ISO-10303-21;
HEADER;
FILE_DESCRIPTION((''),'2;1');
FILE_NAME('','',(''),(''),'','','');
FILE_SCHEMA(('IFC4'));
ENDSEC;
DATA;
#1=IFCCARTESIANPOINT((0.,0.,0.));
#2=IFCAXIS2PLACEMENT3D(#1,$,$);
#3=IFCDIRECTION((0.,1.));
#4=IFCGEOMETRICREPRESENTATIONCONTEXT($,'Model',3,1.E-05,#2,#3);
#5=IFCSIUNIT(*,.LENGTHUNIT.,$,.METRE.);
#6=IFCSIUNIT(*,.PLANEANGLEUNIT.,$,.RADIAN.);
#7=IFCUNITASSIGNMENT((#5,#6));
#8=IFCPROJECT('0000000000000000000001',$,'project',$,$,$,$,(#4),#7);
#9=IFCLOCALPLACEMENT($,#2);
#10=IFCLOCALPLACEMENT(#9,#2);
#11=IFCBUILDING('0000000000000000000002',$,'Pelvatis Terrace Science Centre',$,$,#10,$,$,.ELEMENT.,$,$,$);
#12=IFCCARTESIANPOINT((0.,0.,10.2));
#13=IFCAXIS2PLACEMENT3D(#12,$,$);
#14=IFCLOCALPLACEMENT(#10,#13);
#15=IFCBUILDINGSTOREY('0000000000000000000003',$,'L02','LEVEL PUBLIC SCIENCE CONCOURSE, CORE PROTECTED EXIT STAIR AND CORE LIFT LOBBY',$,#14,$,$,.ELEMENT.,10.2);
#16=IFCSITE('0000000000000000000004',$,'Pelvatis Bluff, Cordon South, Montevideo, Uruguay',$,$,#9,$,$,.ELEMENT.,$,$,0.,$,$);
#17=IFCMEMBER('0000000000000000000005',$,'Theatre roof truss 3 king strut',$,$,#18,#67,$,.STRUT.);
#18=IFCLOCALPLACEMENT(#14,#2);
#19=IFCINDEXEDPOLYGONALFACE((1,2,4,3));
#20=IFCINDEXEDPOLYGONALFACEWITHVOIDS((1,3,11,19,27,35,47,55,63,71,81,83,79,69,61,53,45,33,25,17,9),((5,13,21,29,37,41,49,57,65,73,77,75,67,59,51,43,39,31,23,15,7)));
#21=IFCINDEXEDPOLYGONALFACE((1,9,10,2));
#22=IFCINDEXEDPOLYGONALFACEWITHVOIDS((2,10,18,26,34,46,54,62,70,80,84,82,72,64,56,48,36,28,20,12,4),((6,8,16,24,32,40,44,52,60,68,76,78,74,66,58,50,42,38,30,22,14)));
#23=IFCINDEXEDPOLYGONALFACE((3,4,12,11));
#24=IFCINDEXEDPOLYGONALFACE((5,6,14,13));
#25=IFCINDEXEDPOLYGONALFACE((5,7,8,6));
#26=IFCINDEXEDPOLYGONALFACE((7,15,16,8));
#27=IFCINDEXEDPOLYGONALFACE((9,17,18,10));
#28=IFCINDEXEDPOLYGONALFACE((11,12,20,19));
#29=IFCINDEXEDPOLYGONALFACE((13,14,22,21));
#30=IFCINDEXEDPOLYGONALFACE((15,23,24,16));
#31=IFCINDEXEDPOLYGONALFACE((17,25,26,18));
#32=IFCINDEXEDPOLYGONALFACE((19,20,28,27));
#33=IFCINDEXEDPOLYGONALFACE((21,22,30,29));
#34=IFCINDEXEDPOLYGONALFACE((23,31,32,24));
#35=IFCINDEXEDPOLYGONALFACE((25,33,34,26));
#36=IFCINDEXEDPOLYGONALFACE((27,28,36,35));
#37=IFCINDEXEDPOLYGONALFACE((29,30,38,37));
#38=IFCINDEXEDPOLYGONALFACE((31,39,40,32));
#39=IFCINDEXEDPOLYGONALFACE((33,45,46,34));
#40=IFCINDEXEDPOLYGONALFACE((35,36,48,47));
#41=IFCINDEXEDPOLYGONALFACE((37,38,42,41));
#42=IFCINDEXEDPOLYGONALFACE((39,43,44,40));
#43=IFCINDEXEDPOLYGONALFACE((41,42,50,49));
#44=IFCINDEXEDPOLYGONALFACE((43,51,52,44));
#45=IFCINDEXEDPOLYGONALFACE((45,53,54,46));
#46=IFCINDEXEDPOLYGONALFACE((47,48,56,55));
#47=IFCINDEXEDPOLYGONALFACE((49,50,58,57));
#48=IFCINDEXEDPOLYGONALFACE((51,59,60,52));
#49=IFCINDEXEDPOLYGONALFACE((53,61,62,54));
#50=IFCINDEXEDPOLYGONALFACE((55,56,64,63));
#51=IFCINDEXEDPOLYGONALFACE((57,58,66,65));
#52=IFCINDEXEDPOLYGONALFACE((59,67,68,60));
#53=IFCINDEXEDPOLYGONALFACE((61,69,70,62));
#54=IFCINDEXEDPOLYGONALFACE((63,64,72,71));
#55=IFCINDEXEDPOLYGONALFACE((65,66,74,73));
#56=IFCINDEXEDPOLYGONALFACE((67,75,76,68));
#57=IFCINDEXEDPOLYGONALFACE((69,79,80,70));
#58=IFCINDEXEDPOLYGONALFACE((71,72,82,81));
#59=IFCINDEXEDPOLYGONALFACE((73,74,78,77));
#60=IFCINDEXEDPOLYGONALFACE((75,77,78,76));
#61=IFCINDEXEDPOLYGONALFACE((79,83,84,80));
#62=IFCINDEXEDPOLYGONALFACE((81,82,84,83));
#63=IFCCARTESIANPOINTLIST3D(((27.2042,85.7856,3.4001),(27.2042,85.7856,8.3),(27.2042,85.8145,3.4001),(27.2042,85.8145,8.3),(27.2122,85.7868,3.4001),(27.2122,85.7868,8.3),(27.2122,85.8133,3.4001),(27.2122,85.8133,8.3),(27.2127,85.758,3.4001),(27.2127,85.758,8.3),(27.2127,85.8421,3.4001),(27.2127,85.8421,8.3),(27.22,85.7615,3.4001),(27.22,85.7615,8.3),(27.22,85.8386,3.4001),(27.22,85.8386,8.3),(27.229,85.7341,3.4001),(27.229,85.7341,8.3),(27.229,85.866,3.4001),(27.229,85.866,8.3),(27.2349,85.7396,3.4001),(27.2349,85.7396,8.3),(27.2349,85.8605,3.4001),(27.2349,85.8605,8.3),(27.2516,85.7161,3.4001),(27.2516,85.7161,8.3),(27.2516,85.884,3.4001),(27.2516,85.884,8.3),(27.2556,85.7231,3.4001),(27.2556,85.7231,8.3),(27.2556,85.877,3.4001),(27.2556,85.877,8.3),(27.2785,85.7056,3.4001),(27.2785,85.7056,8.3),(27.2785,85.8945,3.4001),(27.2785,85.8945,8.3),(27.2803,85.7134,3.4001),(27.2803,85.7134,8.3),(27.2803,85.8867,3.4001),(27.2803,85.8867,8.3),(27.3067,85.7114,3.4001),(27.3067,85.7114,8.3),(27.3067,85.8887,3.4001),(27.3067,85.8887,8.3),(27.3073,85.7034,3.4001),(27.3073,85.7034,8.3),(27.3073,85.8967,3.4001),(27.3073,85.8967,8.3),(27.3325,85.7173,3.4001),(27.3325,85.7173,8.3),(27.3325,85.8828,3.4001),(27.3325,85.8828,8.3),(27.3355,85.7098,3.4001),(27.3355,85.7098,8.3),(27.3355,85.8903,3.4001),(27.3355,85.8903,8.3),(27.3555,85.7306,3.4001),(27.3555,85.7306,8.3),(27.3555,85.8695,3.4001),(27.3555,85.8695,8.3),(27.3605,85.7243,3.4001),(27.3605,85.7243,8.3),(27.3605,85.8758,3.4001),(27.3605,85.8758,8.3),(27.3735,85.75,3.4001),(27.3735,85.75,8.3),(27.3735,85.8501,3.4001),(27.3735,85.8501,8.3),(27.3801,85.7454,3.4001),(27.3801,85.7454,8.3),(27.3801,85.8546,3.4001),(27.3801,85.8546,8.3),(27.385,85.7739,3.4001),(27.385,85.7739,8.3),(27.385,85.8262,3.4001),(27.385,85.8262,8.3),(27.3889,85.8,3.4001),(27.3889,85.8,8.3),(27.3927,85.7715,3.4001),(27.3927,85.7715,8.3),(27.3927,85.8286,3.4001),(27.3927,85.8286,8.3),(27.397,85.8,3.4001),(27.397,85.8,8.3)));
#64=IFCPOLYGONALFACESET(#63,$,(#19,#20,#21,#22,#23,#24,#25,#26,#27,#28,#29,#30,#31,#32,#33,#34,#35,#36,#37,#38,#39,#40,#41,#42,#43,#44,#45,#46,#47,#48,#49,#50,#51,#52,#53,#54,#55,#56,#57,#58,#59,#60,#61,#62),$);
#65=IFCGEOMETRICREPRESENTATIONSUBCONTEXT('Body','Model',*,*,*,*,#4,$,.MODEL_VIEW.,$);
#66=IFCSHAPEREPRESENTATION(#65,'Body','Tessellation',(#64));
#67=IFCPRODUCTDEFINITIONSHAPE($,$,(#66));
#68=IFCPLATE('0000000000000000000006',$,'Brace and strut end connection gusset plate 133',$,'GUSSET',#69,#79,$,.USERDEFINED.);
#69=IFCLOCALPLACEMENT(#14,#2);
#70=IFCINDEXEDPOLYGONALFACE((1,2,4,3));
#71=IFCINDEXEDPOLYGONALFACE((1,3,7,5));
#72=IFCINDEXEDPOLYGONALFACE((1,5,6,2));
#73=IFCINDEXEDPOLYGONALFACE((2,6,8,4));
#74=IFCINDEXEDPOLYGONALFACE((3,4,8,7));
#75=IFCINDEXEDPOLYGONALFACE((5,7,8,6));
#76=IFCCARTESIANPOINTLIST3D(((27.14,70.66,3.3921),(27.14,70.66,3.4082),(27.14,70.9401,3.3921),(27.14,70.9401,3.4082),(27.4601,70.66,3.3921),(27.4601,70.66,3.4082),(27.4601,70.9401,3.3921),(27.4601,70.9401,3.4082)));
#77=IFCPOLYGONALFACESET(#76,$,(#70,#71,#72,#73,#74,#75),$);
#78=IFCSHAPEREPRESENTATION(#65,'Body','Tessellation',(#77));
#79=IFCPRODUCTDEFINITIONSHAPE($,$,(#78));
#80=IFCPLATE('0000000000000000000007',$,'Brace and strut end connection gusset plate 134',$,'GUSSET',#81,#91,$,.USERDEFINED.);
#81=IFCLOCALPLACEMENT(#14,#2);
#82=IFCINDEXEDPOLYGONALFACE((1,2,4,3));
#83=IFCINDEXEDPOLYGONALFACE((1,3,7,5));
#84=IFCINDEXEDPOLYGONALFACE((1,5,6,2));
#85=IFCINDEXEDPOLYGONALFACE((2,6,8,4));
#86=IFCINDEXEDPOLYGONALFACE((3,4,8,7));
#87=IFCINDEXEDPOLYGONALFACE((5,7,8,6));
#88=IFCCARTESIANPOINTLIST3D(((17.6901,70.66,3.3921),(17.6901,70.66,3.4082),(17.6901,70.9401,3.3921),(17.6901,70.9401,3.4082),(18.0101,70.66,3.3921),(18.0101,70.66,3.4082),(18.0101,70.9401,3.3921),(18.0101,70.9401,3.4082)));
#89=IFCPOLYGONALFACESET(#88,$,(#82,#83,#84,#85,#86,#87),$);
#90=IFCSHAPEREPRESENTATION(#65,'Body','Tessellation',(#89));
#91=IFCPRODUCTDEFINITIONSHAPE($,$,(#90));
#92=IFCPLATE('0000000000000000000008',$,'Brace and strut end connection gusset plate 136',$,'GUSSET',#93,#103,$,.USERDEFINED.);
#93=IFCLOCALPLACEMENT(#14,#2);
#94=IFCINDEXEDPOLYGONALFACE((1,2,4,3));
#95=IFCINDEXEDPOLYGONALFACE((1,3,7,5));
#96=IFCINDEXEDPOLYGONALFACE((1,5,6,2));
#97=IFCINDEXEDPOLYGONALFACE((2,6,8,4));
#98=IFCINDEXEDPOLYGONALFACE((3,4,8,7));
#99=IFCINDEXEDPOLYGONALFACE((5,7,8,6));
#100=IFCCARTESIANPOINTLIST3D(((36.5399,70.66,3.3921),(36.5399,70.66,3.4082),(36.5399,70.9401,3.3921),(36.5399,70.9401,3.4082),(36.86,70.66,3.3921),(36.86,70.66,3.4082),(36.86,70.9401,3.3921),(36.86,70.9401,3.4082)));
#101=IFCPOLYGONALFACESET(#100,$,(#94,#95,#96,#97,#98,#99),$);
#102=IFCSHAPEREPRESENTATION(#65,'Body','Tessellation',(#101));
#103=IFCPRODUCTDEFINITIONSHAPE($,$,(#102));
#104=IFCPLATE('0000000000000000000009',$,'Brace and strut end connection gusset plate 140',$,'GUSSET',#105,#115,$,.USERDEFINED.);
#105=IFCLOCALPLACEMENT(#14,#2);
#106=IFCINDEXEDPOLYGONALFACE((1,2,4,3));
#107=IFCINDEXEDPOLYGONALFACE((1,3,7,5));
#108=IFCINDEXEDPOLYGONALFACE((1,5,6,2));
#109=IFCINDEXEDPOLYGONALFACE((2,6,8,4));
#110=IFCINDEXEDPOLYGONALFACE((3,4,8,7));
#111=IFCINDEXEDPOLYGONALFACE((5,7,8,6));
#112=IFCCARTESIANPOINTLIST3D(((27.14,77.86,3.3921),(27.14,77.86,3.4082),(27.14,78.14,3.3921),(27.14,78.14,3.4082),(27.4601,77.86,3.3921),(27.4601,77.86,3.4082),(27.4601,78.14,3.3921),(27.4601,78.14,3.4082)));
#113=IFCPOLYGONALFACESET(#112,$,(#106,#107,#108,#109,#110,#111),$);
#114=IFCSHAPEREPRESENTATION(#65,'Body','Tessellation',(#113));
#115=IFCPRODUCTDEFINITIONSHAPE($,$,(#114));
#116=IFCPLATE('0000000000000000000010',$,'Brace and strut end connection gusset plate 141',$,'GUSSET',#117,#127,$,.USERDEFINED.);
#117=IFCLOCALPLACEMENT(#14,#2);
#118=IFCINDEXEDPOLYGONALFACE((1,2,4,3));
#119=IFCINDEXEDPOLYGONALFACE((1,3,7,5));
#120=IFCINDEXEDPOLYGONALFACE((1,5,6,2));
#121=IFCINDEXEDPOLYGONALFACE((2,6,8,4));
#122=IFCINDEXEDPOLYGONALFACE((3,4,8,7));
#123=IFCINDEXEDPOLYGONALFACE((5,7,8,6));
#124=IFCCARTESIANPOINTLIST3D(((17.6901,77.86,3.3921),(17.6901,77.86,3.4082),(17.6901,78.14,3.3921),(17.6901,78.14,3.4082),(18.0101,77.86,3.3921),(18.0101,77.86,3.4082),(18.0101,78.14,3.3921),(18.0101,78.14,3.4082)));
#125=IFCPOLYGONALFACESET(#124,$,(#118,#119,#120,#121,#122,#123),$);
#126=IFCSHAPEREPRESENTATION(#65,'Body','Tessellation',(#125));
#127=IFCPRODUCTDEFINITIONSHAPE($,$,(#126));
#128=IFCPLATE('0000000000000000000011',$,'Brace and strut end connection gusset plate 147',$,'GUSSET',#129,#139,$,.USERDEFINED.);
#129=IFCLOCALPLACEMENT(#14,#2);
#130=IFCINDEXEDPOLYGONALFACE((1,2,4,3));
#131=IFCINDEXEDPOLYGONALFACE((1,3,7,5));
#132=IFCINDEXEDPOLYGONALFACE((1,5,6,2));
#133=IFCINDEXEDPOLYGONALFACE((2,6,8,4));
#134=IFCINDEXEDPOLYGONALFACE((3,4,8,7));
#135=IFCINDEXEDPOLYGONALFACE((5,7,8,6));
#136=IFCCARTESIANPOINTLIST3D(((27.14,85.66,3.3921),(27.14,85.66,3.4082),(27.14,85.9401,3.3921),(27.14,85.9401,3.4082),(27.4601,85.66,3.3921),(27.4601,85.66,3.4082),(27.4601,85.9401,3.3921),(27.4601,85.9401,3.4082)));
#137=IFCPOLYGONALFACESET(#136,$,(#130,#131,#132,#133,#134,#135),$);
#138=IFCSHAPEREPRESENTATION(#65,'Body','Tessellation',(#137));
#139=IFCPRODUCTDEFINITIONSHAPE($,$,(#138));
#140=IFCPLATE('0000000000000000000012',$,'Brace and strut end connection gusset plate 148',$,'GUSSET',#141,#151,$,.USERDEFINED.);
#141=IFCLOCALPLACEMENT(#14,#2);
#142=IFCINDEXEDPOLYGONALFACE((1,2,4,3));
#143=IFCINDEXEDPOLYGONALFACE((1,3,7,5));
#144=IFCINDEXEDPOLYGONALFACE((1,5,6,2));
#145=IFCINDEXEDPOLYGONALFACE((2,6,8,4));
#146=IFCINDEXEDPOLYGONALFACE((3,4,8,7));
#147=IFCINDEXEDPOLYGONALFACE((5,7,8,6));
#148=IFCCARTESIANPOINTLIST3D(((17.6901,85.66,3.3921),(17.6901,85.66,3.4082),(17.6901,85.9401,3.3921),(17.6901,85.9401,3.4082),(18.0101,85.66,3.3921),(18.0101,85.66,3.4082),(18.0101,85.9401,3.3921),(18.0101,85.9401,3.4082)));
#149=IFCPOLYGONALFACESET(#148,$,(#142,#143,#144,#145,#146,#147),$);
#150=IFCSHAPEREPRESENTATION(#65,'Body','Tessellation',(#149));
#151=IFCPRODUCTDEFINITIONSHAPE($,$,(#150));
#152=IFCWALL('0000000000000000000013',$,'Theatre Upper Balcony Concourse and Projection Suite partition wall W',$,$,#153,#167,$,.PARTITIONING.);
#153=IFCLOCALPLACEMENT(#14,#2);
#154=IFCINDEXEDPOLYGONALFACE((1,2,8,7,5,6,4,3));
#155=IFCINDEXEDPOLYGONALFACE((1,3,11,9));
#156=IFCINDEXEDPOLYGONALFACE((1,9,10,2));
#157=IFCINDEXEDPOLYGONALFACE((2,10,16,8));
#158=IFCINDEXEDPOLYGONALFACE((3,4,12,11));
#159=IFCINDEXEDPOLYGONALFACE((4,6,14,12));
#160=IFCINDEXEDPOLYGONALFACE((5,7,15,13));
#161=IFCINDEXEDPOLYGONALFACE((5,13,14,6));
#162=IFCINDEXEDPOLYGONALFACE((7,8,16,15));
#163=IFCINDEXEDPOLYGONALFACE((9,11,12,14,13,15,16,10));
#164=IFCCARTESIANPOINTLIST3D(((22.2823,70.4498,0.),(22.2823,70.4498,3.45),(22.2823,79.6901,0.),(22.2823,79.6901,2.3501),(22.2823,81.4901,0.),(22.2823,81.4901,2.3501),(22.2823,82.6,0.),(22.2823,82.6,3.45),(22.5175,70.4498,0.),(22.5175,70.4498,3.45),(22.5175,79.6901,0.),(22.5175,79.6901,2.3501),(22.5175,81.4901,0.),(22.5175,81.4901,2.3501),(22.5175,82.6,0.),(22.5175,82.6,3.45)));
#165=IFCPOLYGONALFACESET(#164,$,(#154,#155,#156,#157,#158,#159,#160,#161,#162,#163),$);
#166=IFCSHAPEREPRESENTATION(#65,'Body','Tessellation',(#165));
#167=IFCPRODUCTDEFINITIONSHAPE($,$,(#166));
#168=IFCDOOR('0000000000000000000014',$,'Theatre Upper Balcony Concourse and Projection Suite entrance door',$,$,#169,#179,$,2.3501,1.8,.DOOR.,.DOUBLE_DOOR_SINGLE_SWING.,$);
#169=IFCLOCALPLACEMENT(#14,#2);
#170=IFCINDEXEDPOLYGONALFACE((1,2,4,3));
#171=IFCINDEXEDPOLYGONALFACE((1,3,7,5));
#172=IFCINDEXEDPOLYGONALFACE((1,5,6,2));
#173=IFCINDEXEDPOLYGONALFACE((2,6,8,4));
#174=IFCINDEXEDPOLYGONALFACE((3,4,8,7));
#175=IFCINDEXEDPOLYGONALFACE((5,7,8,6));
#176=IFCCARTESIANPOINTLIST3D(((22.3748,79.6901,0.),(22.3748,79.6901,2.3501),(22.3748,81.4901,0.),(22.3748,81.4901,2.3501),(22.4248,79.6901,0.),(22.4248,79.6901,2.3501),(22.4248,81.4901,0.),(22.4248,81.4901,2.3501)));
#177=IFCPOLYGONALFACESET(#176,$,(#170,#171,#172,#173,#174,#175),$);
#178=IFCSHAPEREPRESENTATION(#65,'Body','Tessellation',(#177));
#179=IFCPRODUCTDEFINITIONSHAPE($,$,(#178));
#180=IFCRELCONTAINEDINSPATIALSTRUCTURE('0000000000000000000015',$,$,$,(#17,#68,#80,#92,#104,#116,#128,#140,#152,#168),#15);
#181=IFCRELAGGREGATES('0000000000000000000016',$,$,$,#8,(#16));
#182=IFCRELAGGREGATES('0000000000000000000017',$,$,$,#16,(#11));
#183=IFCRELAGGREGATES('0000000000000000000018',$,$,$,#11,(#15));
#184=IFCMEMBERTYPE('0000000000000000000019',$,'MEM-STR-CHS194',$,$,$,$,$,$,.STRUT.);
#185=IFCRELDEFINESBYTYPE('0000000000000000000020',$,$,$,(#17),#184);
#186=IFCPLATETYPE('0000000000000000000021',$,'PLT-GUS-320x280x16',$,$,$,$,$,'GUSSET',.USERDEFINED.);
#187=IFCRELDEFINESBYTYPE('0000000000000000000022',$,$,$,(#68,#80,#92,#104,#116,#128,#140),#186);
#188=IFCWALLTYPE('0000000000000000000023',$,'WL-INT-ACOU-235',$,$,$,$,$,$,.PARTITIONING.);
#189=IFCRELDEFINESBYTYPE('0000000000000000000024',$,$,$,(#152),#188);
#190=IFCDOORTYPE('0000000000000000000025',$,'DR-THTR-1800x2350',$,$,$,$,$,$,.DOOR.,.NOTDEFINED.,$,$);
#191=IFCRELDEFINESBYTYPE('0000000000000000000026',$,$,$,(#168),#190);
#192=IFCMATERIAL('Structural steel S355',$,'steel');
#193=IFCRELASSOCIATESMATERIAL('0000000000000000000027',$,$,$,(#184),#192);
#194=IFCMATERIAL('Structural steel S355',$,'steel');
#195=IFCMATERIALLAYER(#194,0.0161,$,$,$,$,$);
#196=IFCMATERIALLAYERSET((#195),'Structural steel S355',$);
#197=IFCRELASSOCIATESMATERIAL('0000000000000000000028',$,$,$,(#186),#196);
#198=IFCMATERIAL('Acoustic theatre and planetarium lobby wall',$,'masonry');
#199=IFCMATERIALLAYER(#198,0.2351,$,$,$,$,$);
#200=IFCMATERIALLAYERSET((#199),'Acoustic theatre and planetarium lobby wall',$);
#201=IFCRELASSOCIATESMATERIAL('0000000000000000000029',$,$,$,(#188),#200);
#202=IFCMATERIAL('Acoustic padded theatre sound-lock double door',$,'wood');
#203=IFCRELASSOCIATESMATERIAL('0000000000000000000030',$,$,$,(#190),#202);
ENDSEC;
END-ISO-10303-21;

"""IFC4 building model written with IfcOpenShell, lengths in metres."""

from ifc_helpers import new_model, si_unit, direction, frame, frame_2d, origin, origin_2d, place, context, subcontext, project, spatial, rectangle, hollow_circle, extrude, material, layer, layer_set, material_profile, profile_set, type_object, element, fill, save


model = new_model("IFC4")

# Units and contexts
model_context = context("Model", 3, precision=1e-05, world=origin(), true_north=direction((0.0, 1.0)))
body_context = subcontext(model_context, "Body", "Model", "MODEL_VIEW")
ifc_project = project(units=[si_unit("LENGTHUNIT", "METRE"), si_unit("PLANEANGLEUNIT", "RADIAN")], contexts=[model_context])

# Site, building, storey
site_placement = place(None, origin())
site = spatial("IfcSite", under=ifc_project, at=site_placement, Name="Pelvatis Bluff, Cordon South, Montevideo, Uruguay", CompositionType="ELEMENT", RefElevation=0.0)
building_placement = place(site_placement, origin())
building = spatial("IfcBuilding", under=site, at=building_placement, Name="Pelvatis Terrace Science Centre", CompositionType="ELEMENT")
storey_placement = place(building_placement, frame((0.0, 0.0, 10.2)))
storey = spatial("IfcBuildingStorey", under=building, at=storey_placement, Name="L02", Description="LEVEL PUBLIC SCIENCE CONCOURSE, CORE PROTECTED EXIT STAIR AND CORE LIFT LOBBY", CompositionType="ELEMENT", Elevation=10.2)

# Member
ifc_material_1 = material(Name="Structural steel S355", Category="steel")
ifc_material_profile_1 = material_profile(ifc_material_1, hollow_circle(Radius=0.0969, WallThickness=0.0081, at=origin_2d()), Name="CHS 193.7x8.0")
ifc_profile_set_1 = profile_set([ifc_material_profile_1], Name="Structural steel S355")
member_type_1 = type_object("IfcMemberType", Name="MEM-STR-CHS194", PredefinedType="STRUT", material=ifc_profile_set_1)
for number, where, z_axis, x_axis, name in (
    (1, (27.3, 85.8, 3.4001), (0.0, 0.0, 1.0), (1.0, 0.0, 0.0), "Theatre roof truss 3 king strut"),
):
    element("IfcMember", number, at=place(storey_placement, frame(where, z_axis=z_axis, x_axis=x_axis)), inside=storey, type_object=member_type_1, Name=name, PredefinedType="STRUT", context=body_context, shape_type="SweptSolid", body=[
        extrude(hollow_circle(Radius=0.0969, WallThickness=0.0081, at=origin_2d()), origin(), (0.0, 0.0, 1.0), 4.8999),
    ])

# Plates
ifc_material_2 = material(Name="Structural steel S355", Category="steel")
ifc_layer_1 = layer(ifc_material_2, 0.0161)
ifc_layer_set_1 = layer_set([ifc_layer_1], Name="Structural steel S355")
plate_type = type_object("IfcPlateType", Name="PLT-GUS-320x280x16", ElementType="GUSSET", PredefinedType="USERDEFINED", material=ifc_layer_set_1)
for number, where, z_axis, x_axis, name in (
    (2, (27.3, 70.8, 3.3921), (0.0, 0.0, 1.0), (1.0, 0.0, 0.0), "Brace and strut end connection gusset plate 133"),
    (3, (17.8501, 70.8, 3.3921), (0.0, 0.0, 1.0), (1.0, 0.0, 0.0), "Brace and strut end connection gusset plate 134"),
    (4, (36.7, 70.8, 3.3921), (0.0, 0.0, 1.0), (1.0, 0.0, 0.0), "Brace and strut end connection gusset plate 136"),
    (5, (27.3, 78.0, 3.3921), (0.0, 0.0, 1.0), (1.0, 0.0, 0.0), "Brace and strut end connection gusset plate 140"),
    (6, (17.8501, 78.0, 3.3921), (0.0, 0.0, 1.0), (1.0, 0.0, 0.0), "Brace and strut end connection gusset plate 141"),
    (7, (27.3, 85.8, 3.3921), (0.0, 0.0, 1.0), (1.0, 0.0, 0.0), "Brace and strut end connection gusset plate 147"),
    (8, (17.8501, 85.8, 3.3921), (0.0, 0.0, 1.0), (1.0, 0.0, 0.0), "Brace and strut end connection gusset plate 148"),
):
    element("IfcPlate", number, at=place(storey_placement, frame(where, z_axis=z_axis, x_axis=x_axis)), inside=storey, type_object=plate_type, Name=name, ObjectType="GUSSET", PredefinedType="USERDEFINED", context=body_context, shape_type="SweptSolid", body=[
        extrude(rectangle(XDim=0.3201, YDim=0.28, at=origin_2d()), origin(), (0.0, 0.0, 1.0), 0.0161),
    ])

# Wall, opening, door
ifc_material_3 = material(Name="Acoustic theatre and planetarium lobby wall", Category="masonry")
ifc_layer_2 = layer(ifc_material_3, 0.2351)
ifc_layer_set_2 = layer_set([ifc_layer_2], Name="Acoustic theatre and planetarium lobby wall")
wall_type_1 = type_object("IfcWallType", Name="WL-INT-ACOU-235", PredefinedType="PARTITIONING", material=ifc_layer_set_2)
wall_1_placement = place(storey_placement, frame((22.3999, 82.6001, 0.0), z_axis=(0.0, 0.0, 1.0), x_axis=(0.0, -1.0, 0.0)))
wall_1 = element("IfcWall", 9, at=wall_1_placement, inside=storey, type_object=wall_type_1, Name="Theatre Upper Balcony Concourse and Projection Suite partition wall W", PredefinedType="PARTITIONING", context=body_context, shape_type="SweptSolid", body=[
    extrude(rectangle(XDim=12.1501, YDim=0.2351, at=frame_2d((6.0752, 0.0))), origin(), (0.0, 0.0, 1.0), 3.45),
])
opening_1_placement = place(wall_1_placement, frame((1.1101, 0.0, 0.0)))
opening_1 = element("IfcOpeningElement", 10, at=opening_1_placement, cuts=wall_1, PredefinedType="OPENING", context=body_context, shape_type="SweptSolid", body=[
    extrude(rectangle(XDim=1.8, YDim=2.3501, at=frame_2d((0.8999, 1.175))), frame((0.0, 0.1274, 0.0), z_axis=(0.0, -1.0, 0.0), x_axis=(1.0, 0.0, 0.0)), (0.0, 0.0, 1.0), 0.2551),
])
ifc_material_4 = material(Name="Acoustic padded theatre sound-lock double door", Category="wood")
door_type_1 = type_object("IfcDoorType", Name="DR-THTR-1800x2350", OperationType="NOTDEFINED", PredefinedType="DOOR", material=ifc_material_4)
door_1_placement = place(opening_1_placement, origin())
door_1 = element("IfcDoor", 11, at=door_1_placement, inside=storey, type_object=door_type_1, Name="Theatre Upper Balcony Concourse and Projection Suite entrance door", OperationType="DOUBLE_DOOR_SINGLE_SWING", OverallHeight=2.3501, OverallWidth=1.8, PredefinedType="DOOR", context=body_context, shape_type="SweptSolid", body=[
    extrude(rectangle(XDim=1.8, YDim=2.3501, at=frame_2d((0.8999, 1.175))), frame((0.0, 0.0249, 0.0), z_axis=(0.0, -1.0, 0.0), x_axis=(1.0, 0.0, 0.0)), (0.0, 0.0, 1.0), 0.05),
])
fill(opening_1, door_1)

save(model, "model.ifc")
